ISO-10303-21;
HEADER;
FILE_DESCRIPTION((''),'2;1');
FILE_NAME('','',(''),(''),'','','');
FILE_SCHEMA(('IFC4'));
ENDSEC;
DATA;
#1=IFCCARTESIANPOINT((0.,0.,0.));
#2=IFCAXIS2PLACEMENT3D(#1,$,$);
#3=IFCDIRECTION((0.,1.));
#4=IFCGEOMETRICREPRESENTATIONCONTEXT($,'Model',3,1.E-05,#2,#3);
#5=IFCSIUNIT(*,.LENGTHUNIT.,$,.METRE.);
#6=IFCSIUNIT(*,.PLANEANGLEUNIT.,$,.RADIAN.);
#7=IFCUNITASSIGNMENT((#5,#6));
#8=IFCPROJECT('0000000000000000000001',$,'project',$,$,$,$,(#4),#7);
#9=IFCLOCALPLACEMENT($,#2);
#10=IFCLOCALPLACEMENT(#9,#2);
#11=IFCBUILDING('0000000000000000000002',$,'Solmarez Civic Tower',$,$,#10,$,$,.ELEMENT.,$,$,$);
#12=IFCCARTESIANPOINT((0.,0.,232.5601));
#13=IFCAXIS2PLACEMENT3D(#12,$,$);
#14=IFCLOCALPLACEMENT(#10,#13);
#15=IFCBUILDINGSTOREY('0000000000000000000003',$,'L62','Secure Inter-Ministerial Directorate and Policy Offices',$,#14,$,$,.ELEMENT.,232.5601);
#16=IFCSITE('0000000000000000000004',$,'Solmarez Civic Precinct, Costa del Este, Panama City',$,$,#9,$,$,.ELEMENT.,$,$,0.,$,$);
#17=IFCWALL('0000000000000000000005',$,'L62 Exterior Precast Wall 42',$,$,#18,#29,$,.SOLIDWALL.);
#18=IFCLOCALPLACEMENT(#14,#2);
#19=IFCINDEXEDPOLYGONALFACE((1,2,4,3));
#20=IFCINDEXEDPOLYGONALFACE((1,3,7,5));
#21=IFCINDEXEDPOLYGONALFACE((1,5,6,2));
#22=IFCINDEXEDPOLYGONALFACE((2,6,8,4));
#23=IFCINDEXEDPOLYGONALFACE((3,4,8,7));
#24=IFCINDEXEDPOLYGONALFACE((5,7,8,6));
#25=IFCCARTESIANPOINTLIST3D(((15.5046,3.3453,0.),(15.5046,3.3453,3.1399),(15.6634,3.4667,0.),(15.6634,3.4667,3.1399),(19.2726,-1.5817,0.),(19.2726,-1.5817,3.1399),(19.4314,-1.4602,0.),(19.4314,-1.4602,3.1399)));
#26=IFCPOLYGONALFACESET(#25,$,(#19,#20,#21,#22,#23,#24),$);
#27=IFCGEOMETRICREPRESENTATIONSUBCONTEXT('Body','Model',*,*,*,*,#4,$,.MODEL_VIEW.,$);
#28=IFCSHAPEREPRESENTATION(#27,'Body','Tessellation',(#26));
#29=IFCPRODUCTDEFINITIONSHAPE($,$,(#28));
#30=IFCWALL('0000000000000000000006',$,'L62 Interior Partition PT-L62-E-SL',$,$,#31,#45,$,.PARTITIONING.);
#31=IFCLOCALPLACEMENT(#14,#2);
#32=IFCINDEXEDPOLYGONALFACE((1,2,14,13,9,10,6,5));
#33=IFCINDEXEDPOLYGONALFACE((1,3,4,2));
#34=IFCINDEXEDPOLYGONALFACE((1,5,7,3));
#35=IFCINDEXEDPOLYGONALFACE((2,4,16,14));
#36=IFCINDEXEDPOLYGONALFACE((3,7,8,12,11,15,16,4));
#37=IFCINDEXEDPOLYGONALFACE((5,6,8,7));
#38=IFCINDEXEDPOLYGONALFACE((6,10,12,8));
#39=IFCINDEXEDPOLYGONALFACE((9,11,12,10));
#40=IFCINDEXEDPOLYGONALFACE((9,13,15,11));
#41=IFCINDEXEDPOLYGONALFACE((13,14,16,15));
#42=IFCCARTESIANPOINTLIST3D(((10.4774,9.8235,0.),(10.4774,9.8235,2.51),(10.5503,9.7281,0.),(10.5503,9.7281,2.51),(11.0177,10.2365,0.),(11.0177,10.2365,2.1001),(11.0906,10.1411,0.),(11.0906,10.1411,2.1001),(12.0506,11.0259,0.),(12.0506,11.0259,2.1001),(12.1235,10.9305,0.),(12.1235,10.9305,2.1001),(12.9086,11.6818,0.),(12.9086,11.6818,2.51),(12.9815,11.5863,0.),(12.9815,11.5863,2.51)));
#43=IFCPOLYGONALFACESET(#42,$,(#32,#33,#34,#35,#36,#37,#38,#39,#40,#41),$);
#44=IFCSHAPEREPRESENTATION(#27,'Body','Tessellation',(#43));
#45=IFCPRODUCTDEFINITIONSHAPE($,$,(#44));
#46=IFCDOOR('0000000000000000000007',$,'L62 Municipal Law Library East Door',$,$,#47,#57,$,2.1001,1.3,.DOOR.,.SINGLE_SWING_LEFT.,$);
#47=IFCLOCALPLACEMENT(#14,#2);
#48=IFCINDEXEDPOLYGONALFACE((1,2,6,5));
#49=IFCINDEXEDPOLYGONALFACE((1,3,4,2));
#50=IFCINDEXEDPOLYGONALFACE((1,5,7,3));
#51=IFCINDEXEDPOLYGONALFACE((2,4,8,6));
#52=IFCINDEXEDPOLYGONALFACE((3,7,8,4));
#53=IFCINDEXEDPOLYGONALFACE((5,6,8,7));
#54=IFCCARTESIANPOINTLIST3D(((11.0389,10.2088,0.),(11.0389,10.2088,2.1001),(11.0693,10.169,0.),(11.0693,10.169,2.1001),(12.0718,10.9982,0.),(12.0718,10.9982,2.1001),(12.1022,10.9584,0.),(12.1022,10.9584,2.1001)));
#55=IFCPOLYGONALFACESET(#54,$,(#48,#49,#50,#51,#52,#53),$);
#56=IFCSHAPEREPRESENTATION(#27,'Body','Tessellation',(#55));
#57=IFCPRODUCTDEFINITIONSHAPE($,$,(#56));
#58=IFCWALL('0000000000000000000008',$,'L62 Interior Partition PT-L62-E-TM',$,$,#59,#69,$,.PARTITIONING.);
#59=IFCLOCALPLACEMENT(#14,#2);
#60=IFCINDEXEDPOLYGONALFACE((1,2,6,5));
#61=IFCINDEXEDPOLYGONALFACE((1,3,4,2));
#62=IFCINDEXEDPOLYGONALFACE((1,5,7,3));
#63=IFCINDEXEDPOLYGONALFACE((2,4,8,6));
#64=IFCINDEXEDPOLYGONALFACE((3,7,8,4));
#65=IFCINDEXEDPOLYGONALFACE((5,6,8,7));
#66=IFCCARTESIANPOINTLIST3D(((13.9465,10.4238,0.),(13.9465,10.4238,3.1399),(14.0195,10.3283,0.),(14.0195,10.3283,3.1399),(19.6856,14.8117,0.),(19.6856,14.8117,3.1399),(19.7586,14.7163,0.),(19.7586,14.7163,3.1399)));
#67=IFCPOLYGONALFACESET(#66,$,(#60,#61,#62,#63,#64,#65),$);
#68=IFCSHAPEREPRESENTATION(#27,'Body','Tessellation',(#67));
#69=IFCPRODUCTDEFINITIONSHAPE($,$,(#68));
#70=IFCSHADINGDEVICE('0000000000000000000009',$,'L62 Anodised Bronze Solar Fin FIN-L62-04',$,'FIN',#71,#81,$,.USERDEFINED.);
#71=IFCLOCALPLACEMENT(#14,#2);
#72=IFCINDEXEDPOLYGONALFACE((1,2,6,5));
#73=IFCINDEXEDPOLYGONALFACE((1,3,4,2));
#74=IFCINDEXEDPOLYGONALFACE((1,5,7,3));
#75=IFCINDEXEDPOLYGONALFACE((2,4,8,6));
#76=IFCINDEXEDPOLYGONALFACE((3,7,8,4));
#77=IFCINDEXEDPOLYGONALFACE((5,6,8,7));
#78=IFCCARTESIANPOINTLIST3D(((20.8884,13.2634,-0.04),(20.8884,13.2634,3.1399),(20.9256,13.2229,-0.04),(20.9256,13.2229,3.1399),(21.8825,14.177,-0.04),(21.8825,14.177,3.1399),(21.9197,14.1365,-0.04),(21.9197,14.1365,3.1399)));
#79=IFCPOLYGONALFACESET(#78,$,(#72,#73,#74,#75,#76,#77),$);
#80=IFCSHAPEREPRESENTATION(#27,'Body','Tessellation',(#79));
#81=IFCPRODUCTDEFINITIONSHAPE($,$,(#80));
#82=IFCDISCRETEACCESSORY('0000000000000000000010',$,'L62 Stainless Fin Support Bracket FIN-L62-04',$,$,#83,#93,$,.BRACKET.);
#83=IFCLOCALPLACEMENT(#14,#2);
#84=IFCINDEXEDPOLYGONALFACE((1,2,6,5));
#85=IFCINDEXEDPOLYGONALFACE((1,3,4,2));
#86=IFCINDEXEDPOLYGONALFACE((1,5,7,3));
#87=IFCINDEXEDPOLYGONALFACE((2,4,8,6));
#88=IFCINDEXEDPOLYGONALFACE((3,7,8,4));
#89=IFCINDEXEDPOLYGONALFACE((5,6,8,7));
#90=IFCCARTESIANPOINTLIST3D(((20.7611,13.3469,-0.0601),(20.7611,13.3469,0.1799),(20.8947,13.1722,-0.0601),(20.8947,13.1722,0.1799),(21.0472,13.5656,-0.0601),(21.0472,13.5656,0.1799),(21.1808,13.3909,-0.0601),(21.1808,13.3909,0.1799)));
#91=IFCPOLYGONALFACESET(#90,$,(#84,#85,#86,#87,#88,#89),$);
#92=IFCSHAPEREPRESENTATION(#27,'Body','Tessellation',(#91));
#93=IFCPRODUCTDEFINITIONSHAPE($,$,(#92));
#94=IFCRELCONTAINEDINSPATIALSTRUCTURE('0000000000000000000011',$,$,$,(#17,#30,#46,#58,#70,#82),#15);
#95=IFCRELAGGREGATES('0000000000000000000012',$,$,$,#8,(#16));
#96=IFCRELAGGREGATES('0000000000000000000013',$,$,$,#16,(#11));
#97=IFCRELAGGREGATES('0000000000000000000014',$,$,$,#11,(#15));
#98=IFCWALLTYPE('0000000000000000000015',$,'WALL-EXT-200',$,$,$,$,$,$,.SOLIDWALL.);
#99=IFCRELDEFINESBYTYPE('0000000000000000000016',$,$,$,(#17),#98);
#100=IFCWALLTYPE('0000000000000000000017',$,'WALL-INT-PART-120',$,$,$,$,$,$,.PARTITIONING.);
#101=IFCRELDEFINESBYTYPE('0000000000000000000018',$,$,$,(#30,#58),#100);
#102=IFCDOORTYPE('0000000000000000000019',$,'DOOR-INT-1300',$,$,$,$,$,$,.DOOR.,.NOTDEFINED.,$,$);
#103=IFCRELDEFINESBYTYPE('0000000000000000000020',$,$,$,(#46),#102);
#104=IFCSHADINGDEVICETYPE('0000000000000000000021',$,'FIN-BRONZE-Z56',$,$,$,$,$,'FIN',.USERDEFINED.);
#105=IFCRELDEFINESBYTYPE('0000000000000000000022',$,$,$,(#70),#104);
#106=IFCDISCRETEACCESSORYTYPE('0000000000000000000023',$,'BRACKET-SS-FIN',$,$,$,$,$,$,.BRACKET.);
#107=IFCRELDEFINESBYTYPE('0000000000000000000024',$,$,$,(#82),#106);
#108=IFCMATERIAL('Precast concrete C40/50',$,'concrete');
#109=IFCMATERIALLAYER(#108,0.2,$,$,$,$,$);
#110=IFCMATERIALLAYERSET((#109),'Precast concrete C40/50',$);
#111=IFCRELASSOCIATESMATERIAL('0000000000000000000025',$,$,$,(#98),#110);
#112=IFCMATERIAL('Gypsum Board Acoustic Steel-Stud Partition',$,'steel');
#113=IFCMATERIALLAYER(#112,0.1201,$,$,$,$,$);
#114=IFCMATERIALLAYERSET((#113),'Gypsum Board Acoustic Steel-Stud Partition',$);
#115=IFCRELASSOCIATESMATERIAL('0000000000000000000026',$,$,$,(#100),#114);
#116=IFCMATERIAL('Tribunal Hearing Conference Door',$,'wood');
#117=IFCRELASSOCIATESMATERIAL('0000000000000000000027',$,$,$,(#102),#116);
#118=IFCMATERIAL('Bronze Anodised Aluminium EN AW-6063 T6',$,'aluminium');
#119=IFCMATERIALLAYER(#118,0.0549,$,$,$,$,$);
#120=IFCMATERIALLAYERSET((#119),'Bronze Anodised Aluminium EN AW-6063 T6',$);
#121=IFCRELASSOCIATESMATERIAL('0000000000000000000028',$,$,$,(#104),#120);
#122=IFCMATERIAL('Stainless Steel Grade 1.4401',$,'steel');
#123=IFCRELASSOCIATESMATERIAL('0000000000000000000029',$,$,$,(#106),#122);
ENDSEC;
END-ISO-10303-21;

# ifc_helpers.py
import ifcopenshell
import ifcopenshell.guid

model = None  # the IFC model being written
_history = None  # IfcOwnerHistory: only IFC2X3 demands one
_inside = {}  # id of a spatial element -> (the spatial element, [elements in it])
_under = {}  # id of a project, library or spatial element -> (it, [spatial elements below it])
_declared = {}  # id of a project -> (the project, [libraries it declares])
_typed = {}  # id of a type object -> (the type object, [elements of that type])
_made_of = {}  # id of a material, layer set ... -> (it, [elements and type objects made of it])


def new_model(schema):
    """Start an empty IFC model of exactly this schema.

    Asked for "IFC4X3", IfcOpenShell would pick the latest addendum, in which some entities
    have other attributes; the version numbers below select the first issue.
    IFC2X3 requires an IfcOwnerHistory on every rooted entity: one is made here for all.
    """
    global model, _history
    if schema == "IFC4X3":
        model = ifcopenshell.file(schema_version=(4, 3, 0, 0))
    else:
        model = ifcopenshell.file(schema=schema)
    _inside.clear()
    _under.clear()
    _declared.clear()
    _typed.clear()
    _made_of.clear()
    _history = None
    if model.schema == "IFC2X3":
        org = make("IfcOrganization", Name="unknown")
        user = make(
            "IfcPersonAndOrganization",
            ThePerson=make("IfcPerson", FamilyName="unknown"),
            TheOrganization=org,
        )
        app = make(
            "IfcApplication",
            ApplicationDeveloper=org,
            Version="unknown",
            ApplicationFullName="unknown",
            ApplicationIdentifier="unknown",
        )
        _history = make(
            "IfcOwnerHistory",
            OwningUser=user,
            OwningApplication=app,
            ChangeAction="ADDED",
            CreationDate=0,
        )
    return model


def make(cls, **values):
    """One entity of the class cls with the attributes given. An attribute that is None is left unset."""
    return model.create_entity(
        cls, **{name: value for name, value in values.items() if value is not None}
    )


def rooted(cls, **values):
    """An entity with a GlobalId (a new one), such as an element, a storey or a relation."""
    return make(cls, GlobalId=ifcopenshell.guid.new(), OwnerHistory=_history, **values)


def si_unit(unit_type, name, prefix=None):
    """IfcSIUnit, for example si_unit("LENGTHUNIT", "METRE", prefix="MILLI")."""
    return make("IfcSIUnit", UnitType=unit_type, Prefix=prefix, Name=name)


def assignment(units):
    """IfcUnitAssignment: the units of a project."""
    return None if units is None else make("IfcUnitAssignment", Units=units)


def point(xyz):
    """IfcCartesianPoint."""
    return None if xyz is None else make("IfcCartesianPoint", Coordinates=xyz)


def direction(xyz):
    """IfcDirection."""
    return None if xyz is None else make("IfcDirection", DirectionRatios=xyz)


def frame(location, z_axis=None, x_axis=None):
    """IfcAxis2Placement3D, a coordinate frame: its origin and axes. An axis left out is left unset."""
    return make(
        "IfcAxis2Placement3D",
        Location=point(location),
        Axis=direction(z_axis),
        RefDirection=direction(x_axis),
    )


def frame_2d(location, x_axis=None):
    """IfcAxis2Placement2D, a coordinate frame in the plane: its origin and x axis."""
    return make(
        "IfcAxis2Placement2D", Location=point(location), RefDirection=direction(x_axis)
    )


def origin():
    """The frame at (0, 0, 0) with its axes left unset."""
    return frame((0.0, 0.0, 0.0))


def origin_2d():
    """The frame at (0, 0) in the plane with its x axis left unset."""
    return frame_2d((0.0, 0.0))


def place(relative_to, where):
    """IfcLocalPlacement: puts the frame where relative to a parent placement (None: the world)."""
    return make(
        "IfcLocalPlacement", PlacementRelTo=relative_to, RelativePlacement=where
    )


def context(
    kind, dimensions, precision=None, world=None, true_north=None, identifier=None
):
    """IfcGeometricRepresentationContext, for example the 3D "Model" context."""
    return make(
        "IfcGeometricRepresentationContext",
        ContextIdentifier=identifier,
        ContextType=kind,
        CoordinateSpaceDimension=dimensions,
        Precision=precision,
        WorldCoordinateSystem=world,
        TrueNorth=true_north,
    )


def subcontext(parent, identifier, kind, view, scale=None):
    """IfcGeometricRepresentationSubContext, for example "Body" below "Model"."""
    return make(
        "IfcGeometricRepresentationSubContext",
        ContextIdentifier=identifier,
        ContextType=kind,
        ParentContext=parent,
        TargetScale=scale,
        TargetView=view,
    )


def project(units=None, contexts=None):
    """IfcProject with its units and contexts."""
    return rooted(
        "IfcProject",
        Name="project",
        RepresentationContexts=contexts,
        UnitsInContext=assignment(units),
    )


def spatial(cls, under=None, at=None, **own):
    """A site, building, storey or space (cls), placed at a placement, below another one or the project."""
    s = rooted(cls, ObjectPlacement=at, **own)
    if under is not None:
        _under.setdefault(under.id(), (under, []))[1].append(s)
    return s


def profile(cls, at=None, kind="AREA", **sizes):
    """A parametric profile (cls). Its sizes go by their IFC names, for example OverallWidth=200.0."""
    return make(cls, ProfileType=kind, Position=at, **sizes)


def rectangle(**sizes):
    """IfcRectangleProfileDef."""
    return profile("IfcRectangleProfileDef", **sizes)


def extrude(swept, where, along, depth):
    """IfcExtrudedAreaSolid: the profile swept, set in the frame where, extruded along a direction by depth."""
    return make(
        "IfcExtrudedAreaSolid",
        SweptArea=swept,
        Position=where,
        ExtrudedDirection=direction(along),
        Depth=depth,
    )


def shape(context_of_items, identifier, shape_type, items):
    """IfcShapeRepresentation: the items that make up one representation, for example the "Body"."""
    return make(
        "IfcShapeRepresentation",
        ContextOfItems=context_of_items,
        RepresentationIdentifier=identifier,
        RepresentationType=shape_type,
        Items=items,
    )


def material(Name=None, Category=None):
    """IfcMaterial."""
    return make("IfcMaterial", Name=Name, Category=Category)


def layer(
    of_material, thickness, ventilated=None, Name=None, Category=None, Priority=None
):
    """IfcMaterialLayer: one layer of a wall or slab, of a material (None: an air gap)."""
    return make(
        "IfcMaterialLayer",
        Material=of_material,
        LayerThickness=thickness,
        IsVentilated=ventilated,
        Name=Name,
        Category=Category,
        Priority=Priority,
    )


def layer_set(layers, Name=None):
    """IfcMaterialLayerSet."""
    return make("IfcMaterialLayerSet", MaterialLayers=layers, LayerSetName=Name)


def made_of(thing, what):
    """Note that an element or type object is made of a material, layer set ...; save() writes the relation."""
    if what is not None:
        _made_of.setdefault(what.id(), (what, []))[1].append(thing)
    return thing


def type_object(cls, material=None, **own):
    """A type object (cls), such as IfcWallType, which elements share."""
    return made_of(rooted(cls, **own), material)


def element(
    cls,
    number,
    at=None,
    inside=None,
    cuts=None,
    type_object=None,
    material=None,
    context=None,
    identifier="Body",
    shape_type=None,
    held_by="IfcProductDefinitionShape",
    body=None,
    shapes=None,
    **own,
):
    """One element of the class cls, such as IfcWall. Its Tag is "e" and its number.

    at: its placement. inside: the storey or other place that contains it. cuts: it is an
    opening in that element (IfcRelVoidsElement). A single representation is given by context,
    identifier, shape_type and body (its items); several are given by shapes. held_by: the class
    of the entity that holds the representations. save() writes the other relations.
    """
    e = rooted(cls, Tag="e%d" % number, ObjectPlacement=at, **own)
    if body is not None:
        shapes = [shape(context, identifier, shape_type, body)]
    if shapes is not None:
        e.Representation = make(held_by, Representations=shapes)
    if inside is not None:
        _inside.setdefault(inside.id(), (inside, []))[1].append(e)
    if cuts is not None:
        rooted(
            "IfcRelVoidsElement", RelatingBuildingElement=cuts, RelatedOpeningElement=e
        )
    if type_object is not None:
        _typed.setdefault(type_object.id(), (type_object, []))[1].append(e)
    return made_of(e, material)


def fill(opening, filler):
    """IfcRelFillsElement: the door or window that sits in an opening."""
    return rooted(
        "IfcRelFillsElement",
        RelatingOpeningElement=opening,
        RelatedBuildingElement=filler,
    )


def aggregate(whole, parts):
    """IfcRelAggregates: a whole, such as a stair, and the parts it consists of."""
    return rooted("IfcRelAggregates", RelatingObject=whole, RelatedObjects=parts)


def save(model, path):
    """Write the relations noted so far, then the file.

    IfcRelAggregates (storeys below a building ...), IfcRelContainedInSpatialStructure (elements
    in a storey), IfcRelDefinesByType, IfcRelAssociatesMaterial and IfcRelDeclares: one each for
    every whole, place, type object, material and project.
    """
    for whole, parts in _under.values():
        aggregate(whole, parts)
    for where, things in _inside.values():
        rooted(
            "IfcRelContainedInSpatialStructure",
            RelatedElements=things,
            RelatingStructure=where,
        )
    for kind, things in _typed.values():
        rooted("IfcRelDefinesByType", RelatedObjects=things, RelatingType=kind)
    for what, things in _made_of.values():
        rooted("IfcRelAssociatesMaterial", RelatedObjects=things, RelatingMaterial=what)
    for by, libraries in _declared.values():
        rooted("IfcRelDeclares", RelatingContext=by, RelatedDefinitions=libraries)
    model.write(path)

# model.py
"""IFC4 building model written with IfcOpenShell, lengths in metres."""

from ifc_helpers import new_model, si_unit, direction, frame, frame_2d, origin, origin_2d, place, context, subcontext, project, spatial, rectangle, extrude, material, layer, layer_set, type_object, element, fill, save


model = new_model("IFC4")

# Units and contexts
model_context = context("Model", 3, precision=1e-05, world=origin(), true_north=direction((0.0, 1.0)))
body_context = subcontext(model_context, "Body", "Model", "MODEL_VIEW")
ifc_project = project(units=[si_unit("LENGTHUNIT", "METRE"), si_unit("PLANEANGLEUNIT", "RADIAN")], contexts=[model_context])

# Site, building, storey
site_placement = place(None, origin())
site = spatial("IfcSite", under=ifc_project, at=site_placement, Name="Solmarez Civic Precinct, Costa del Este, Panama City", CompositionType="ELEMENT", RefElevation=0.0)
building_placement = place(site_placement, origin())
building = spatial("IfcBuilding", under=site, at=building_placement, Name="Solmarez Civic Tower", CompositionType="ELEMENT")
storey_placement = place(building_placement, frame((0.0, 0.0, 232.5601)))
storey = spatial("IfcBuildingStorey", under=building, at=storey_placement, Name="L62", Description="Secure Inter-Ministerial Directorate and Policy Offices", CompositionType="ELEMENT", Elevation=232.5601)

# Shared definitions
ifc_material_1 = material(Name="Bronze Anodised Aluminium EN AW-6063 T6", Category="aluminium")

# Shared definitions
ifc_material_2 = material(Name="Precast concrete C40/50", Category="concrete")
ifc_layer_1 = layer(ifc_material_2, 0.2)
ifc_layer_set_1 = layer_set([ifc_layer_1], Name="Precast concrete C40/50")
wall_type_1 = type_object("IfcWallType", Name="WALL-EXT-200", PredefinedType="SOLIDWALL", material=ifc_layer_set_1)

# Wall
wall_1_placement = place(storey_placement, frame((15.584, 3.406, 0.0), z_axis=(0.0, 0.0, 1.0), x_axis=(0.607487, -0.79433, 0.0)))
element("IfcWall", 1, at=wall_1_placement, inside=storey, type_object=wall_type_1, Name="L62 Exterior Precast Wall 42", PredefinedType="SOLIDWALL", context=body_context, shape_type="SweptSolid", body=[
    extrude(rectangle(XDim=6.2026, YDim=0.2, at=frame_2d((3.1013, 0.0))), origin(), (0.0, 0.0, 1.0), 3.1399),
])

# Wall, opening, door
ifc_material_3 = material(Name="Gypsum Board Acoustic Steel-Stud Partition", Category="steel")
ifc_layer_2 = layer(ifc_material_3, 0.1201)
ifc_layer_set_2 = layer_set([ifc_layer_2], Name="Gypsum Board Acoustic Steel-Stud Partition")
wall_type_2 = type_object("IfcWallType", Name="WALL-INT-PART-120", PredefinedType="PARTITIONING", material=ifc_layer_set_2)
wall_2_placement = place(storey_placement, frame((12.9451, 11.634, 0.0), z_axis=(0.0, 0.0, 1.0), x_axis=(-0.79451, -0.607252, 0.0)))
wall_2 = element("IfcWall", 2, at=wall_2_placement, inside=storey, type_object=wall_type_2, Name="L62 Interior Partition PT-L62-E-SL", PredefinedType="PARTITIONING", context=body_context, shape_type="SweptSolid", body=[
    extrude(rectangle(XDim=3.0601, YDim=0.1201, at=frame_2d((1.53, 0.0))), origin(), (0.0, 0.0, 1.0), 2.51),
])
opening_1_placement = place(wall_2_placement, frame((1.0801, 0.0, 0.0)))
opening_1 = element("IfcOpeningElement", 3, at=opening_1_placement, cuts=wall_2, PredefinedType="OPENING", context=body_context, shape_type="SweptSolid", body=[
    extrude(rectangle(XDim=1.3, YDim=2.1001, at=frame_2d((0.6499, 1.05))), frame((0.0, 0.0701, 0.0), z_axis=(0.0, -1.0, 0.0), x_axis=(1.0, 0.0, 0.0)), (0.0, 0.0, 1.0), 0.1401),
])
ifc_material_4 = material(Name="Tribunal Hearing Conference Door", Category="wood")
door_type = type_object("IfcDoorType", Name="DOOR-INT-1300", OperationType="NOTDEFINED", PredefinedType="DOOR", material=ifc_material_4)
door_placement = place(opening_1_placement, origin())
door = element("IfcDoor", 4, at=door_placement, inside=storey, type_object=door_type, Name="L62 Municipal Law Library East Door", OperationType="SINGLE_SWING_LEFT", OverallHeight=2.1001, OverallWidth=1.3, PredefinedType="DOOR", context=body_context, shape_type="SweptSolid", body=[
    extrude(rectangle(XDim=1.3, YDim=2.1001, at=frame_2d((0.6499, 1.05))), frame((0.0, 0.0249, 0.0), z_axis=(0.0, -1.0, 0.0), x_axis=(1.0, 0.0, 0.0)), (0.0, 0.0, 1.0), 0.05),
])
fill(opening_1, door)

# Wall
wall_3_placement = place(storey_placement, frame((13.9829, 10.376, 0.0), z_axis=(0.0, 0.0, 1.0), x_axis=(0.794406, 0.607387, 0.0)))
element("IfcWall", 5, at=wall_3_placement, inside=storey, type_object=wall_type_2, Name="L62 Interior Partition PT-L62-E-TM", PredefinedType="PARTITIONING", context=body_context, shape_type="SweptSolid", body=[
    extrude(rectangle(XDim=7.2244, YDim=0.1201, at=frame_2d((3.6123, 0.0))), origin(), (0.0, 0.0, 1.0), 3.1399),
])

# Shading device
ifc_layer_3 = layer(ifc_material_1, 0.0549)
ifc_layer_set_3 = layer_set([ifc_layer_3], Name="Bronze Anodised Aluminium EN AW-6063 T6")
shading_device_type = type_object("IfcShadingDeviceType", Name="FIN-BRONZE-Z56", ElementType="FIN", PredefinedType="USERDEFINED", material=ifc_layer_set_3)
shading_device_placement = place(storey_placement, frame((21.4041, 13.7, -0.04), z_axis=(0.0, 0.0, 1.0), x_axis=(0.736274, 0.676683, 0.0)))
element("IfcShadingDevice", 6, at=shading_device_placement, inside=storey, type_object=shading_device_type, Name="L62 Anodised Bronze Solar Fin FIN-L62-04", ObjectType="FIN", PredefinedType="USERDEFINED", context=body_context, shape_type="SweptSolid", body=[
    extrude(rectangle(XDim=1.3501, YDim=0.0549, at=origin_2d()), origin(), (0.0, 0.0, 1.0), 3.1799),
])

# Discrete accessory
ifc_material_5 = material(Name="Stainless Steel Grade 1.4401", Category="steel")
discrete_accessory_type = type_object("IfcDiscreteAccessoryType", Name="BRACKET-SS-FIN", PredefinedType="BRACKET", material=ifc_material_5)
discrete_accessory_placement = place(storey_placement, frame((20.9709, 13.3689, -0.0601), z_axis=(0.0, 0.0, 1.0), x_axis=(0.794473, 0.6073, 0.0)))
element("IfcDiscreteAccessory", 7, at=discrete_accessory_placement, inside=storey, type_object=discrete_accessory_type, Name="L62 Stainless Fin Support Bracket FIN-L62-04", PredefinedType="BRACKET", context=body_context, shape_type="SweptSolid", body=[
    extrude(rectangle(XDim=0.3601, YDim=0.22, at=origin_2d()), origin(), (0.0, 0.0, 1.0), 0.24),
])

save(model, "model.ifc")
